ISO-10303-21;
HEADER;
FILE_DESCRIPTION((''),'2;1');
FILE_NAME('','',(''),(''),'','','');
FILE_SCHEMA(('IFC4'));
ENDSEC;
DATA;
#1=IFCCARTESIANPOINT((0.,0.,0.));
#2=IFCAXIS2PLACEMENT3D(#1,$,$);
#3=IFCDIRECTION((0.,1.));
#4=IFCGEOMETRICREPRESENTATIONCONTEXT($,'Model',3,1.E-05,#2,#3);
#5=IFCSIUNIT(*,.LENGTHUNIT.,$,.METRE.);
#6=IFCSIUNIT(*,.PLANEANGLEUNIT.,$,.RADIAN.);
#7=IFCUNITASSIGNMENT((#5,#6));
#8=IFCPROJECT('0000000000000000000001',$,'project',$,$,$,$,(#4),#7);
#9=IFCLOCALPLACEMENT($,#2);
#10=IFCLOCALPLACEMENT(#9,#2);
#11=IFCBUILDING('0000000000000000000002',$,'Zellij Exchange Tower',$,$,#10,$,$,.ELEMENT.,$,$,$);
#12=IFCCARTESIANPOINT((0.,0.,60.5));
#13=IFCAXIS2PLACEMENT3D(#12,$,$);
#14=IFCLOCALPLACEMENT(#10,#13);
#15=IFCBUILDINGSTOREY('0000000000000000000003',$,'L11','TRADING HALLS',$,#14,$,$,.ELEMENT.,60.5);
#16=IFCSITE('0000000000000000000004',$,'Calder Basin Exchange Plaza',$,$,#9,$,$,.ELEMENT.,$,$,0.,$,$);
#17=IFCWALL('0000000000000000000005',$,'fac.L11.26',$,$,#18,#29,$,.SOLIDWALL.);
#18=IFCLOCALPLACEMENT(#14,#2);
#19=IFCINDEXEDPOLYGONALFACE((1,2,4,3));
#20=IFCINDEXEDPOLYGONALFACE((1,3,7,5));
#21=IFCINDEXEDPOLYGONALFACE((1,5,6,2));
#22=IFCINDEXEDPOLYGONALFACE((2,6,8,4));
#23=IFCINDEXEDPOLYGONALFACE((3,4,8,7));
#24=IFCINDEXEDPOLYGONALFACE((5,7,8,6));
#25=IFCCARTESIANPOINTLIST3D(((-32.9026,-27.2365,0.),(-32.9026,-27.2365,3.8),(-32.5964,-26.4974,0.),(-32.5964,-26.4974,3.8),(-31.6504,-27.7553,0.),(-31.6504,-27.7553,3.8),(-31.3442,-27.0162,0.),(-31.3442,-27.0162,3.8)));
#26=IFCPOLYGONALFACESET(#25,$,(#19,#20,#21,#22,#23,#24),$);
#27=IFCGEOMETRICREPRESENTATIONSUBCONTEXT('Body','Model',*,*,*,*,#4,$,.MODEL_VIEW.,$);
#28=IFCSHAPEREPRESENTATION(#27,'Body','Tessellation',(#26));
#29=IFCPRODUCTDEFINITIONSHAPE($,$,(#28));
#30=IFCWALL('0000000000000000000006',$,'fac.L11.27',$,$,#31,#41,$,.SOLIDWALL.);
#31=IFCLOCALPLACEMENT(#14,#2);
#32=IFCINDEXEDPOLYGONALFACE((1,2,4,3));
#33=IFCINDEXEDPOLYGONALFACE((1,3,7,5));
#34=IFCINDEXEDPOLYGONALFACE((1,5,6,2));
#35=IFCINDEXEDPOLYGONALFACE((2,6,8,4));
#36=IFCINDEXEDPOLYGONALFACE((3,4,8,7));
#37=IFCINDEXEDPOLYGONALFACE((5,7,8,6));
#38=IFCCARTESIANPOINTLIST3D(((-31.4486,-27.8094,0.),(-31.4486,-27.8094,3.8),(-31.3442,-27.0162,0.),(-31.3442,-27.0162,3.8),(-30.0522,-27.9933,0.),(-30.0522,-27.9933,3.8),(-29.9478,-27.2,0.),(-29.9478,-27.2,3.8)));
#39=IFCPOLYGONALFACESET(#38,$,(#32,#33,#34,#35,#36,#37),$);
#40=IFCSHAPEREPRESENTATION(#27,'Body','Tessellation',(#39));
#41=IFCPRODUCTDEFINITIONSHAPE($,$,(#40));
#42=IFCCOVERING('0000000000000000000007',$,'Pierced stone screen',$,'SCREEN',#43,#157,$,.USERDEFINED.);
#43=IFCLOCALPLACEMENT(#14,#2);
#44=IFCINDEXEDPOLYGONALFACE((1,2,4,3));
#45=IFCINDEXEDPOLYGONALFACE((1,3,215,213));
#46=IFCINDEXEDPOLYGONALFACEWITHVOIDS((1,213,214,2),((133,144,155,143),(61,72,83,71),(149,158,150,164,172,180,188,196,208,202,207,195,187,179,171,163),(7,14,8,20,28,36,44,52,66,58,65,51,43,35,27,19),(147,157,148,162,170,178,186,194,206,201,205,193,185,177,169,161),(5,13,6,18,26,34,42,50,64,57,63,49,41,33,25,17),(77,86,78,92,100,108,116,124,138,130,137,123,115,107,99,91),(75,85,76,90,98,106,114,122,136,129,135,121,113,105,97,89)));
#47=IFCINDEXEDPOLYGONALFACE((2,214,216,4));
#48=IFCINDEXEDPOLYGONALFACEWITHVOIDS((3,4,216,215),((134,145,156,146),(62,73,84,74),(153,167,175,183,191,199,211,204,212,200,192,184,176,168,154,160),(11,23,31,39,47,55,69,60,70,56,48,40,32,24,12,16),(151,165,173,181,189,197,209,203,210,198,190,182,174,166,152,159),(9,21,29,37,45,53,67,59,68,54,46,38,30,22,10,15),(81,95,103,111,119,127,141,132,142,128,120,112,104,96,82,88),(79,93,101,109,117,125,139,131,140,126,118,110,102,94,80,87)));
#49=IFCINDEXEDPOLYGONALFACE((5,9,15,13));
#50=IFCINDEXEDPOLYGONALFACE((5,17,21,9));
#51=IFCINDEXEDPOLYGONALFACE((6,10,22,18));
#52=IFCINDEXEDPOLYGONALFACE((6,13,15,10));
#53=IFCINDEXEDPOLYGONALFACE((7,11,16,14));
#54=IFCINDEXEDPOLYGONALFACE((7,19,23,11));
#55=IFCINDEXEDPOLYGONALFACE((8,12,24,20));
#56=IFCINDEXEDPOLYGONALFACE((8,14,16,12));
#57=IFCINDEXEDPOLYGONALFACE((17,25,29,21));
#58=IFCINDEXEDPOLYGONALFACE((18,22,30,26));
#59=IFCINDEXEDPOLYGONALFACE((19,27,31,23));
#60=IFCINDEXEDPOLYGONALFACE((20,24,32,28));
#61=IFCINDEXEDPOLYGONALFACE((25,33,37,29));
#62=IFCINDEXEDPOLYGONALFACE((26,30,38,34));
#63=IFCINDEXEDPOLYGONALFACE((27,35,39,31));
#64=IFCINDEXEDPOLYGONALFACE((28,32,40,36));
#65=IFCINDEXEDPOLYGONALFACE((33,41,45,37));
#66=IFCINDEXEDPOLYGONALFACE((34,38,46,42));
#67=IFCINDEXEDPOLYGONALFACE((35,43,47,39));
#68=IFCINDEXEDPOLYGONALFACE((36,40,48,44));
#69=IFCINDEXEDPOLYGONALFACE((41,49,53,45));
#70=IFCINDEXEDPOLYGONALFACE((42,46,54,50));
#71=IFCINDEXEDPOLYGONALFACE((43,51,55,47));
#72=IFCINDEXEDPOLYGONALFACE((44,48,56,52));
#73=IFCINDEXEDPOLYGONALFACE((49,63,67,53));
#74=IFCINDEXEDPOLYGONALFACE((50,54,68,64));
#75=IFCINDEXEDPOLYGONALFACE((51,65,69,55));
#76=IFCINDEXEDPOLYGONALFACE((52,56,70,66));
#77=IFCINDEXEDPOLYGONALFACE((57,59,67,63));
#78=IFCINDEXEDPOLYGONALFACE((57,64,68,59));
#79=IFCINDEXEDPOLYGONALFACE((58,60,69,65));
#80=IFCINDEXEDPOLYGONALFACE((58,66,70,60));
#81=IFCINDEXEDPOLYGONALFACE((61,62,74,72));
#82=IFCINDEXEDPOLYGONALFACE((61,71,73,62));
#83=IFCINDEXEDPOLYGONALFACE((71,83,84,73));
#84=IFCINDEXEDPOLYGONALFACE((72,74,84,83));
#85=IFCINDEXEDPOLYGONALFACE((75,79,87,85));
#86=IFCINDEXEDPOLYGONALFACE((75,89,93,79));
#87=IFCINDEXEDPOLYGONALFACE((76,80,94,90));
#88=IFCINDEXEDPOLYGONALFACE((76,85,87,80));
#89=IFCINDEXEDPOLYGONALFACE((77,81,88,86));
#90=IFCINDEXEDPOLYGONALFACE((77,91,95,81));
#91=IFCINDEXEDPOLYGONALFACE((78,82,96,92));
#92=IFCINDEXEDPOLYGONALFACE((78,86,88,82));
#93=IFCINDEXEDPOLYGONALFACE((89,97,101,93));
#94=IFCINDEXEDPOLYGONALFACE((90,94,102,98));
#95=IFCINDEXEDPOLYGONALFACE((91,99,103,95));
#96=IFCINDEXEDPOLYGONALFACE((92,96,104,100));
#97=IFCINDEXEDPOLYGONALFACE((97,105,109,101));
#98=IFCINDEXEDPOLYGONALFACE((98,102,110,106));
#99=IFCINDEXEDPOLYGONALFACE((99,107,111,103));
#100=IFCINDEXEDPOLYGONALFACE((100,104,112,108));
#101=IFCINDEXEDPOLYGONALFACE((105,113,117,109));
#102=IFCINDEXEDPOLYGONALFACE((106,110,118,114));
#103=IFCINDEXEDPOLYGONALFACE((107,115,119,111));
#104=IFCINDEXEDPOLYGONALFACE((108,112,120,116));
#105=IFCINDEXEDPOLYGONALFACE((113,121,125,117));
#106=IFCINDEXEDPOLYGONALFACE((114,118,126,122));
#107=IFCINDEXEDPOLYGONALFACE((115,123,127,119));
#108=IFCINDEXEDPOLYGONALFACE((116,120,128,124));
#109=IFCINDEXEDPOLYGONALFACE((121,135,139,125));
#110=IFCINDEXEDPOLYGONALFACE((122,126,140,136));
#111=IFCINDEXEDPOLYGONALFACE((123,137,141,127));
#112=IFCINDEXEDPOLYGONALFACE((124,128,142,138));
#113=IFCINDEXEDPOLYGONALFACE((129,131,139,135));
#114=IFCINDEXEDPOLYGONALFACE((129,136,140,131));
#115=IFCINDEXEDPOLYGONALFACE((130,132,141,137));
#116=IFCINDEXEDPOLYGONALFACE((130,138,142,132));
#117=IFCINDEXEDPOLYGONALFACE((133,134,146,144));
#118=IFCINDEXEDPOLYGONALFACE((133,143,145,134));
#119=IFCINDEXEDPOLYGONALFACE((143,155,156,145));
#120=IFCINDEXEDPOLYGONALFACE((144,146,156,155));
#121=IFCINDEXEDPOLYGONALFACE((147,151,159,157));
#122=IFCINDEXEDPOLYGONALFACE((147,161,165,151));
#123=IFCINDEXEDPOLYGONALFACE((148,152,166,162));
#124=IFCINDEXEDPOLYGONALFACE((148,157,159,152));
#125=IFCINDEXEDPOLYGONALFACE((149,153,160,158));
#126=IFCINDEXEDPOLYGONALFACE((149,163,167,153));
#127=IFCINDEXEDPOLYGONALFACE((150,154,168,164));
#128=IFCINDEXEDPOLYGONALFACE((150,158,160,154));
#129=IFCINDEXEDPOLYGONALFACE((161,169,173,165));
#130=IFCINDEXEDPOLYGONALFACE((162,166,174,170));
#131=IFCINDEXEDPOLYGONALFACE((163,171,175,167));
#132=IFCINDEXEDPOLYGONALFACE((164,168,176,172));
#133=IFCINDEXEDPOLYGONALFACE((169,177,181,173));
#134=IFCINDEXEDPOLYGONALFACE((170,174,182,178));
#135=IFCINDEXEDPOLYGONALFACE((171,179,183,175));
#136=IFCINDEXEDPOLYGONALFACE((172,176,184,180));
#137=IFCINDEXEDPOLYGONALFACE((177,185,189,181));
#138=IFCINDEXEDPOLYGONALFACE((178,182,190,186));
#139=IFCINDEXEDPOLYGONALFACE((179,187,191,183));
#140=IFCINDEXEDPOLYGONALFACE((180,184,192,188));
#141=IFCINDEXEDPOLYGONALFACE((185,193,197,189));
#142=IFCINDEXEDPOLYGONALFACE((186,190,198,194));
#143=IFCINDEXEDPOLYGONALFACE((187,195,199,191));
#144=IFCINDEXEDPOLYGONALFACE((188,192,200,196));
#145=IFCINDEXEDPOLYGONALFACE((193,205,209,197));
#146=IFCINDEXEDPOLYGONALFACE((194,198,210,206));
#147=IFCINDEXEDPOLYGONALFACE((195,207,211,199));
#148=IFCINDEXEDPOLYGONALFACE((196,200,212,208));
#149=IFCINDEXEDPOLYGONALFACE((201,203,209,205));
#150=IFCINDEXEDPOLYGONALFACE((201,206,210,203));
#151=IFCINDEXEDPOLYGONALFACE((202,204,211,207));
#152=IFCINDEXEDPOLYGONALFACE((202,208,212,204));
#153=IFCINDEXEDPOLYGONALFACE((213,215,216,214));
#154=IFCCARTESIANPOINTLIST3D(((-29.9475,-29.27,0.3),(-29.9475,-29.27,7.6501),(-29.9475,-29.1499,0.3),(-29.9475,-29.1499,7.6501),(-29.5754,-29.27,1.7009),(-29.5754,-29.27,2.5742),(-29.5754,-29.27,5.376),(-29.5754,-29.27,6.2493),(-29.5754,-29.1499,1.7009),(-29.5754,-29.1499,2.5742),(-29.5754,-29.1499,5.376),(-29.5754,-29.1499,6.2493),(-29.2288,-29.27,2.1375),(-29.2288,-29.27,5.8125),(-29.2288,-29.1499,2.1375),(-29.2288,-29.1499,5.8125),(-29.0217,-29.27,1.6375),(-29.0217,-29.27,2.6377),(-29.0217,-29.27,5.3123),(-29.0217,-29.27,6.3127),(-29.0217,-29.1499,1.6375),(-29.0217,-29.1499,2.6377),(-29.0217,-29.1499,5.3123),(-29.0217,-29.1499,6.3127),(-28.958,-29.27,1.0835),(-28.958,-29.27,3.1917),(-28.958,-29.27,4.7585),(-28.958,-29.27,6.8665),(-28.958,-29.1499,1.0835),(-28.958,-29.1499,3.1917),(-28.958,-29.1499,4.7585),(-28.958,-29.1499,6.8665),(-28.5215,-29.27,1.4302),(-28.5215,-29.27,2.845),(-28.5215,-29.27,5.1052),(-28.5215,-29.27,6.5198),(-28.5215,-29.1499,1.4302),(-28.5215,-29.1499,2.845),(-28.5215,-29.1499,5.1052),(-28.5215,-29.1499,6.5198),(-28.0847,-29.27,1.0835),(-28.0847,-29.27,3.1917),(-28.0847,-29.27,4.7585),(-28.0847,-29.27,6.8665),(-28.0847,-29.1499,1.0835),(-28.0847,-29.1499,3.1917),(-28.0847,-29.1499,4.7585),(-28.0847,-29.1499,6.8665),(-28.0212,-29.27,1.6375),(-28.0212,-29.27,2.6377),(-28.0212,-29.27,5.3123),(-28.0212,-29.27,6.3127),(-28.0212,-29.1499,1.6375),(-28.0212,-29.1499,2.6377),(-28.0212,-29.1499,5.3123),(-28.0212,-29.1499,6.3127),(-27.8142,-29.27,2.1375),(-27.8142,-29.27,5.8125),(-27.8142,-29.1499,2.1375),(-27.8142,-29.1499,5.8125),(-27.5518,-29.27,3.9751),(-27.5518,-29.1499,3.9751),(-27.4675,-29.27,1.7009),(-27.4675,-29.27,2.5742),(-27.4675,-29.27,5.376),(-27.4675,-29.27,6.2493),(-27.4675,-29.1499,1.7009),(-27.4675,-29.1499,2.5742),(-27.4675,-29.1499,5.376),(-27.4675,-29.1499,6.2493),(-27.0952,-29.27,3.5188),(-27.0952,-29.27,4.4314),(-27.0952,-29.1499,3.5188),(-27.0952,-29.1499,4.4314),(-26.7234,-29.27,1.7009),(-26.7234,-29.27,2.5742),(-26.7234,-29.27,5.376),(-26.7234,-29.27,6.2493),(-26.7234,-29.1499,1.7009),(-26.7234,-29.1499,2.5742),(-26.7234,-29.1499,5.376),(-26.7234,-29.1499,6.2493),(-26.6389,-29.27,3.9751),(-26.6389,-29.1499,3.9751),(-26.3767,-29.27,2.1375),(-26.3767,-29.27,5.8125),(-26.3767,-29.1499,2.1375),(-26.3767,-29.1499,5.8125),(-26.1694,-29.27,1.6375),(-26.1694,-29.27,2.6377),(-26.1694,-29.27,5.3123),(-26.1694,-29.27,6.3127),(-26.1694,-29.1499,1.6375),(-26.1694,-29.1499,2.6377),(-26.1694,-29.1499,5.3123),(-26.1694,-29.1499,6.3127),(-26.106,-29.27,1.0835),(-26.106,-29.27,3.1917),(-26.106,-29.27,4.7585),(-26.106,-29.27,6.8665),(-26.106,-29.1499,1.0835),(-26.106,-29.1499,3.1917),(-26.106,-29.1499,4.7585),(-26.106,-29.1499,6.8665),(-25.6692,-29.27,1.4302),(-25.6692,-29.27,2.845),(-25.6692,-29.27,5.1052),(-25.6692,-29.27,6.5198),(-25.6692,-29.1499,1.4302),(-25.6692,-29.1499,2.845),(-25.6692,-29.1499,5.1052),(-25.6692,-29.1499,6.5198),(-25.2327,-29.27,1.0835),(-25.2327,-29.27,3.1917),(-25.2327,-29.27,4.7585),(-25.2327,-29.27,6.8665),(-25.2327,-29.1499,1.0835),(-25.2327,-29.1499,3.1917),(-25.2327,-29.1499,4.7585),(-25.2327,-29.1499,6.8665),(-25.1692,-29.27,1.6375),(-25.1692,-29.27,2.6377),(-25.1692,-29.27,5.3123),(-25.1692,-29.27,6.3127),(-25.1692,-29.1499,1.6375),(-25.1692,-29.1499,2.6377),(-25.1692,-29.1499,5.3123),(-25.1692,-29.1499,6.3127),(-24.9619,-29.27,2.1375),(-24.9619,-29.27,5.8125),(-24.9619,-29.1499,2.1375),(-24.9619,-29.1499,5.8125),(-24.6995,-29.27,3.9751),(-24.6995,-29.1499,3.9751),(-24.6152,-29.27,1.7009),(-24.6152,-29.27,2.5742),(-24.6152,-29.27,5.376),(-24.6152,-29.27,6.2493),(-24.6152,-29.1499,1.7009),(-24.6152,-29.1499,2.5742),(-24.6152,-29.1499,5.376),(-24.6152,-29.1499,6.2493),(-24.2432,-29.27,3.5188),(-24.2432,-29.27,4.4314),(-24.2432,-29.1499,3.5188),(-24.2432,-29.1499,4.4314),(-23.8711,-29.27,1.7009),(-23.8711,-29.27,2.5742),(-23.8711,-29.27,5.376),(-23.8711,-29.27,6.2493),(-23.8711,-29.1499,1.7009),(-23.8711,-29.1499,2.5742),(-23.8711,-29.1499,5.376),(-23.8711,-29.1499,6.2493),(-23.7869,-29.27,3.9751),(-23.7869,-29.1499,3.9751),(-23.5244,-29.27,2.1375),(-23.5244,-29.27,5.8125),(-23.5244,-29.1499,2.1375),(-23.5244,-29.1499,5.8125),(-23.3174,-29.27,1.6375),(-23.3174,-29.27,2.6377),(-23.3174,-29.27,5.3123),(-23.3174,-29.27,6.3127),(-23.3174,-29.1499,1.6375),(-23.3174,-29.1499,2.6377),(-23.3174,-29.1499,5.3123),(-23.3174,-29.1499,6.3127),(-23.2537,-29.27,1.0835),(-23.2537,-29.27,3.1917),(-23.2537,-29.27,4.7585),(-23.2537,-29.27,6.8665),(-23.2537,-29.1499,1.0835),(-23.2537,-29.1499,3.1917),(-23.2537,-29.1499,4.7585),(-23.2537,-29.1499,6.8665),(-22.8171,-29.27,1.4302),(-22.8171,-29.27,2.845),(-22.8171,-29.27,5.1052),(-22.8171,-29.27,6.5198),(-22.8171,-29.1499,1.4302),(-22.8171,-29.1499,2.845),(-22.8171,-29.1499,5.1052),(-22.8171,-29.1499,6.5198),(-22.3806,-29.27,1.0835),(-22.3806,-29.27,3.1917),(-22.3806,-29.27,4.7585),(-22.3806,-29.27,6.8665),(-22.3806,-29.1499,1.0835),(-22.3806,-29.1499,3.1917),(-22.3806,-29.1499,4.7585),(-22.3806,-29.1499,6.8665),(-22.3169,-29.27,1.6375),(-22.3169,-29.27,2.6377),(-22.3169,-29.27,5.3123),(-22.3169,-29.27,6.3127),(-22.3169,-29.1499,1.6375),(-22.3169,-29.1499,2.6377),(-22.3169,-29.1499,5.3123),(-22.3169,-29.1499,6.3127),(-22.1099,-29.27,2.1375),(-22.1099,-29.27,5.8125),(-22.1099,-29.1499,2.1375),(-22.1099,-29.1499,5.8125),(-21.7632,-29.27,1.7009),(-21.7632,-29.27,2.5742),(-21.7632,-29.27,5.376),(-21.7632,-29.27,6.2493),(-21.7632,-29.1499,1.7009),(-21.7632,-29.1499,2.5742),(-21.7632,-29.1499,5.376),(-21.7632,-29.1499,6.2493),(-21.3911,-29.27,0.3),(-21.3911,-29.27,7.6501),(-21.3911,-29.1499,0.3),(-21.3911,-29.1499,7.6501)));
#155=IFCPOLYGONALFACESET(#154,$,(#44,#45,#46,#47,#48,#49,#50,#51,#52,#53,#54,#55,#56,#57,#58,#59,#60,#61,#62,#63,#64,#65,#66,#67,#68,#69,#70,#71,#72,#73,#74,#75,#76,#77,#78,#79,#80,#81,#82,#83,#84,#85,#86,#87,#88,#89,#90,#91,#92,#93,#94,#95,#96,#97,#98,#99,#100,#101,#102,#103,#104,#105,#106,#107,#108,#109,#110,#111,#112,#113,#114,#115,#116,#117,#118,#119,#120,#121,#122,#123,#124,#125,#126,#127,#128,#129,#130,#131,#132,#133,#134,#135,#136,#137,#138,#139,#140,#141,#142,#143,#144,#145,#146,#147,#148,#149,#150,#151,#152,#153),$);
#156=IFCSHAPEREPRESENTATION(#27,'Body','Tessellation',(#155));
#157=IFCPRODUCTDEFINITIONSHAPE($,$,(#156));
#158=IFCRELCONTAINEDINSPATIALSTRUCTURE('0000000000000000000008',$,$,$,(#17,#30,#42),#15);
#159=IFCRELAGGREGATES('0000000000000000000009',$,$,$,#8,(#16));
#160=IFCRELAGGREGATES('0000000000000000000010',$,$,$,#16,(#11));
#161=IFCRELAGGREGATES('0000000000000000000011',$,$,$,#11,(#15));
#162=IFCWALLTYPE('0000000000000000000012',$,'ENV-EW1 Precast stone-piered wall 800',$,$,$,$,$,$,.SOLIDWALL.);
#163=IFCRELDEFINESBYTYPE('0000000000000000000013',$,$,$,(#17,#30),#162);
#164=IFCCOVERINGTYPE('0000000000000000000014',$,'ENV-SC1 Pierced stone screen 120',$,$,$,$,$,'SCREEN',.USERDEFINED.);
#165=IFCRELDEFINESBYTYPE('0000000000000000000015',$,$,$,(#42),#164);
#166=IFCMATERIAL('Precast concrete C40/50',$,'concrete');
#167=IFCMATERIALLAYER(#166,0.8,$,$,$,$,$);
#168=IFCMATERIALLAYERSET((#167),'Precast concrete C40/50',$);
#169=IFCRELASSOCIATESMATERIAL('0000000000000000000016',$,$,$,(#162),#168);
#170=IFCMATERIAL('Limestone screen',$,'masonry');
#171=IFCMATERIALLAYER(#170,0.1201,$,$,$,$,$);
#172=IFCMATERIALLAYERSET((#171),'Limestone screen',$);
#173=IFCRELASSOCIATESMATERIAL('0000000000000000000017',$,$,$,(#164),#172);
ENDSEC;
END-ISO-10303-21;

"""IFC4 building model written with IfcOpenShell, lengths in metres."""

from ifc_helpers import new_model, si_unit, direction, frame, frame_2d, origin, place, context, subcontext, project, spatial, polyline, rectangle, outline, extrude, material, layer, layer_set, type_object, element, save


model = new_model("IFC4")

# Units and contexts
model_context = context("Model", 3, precision=1e-05, world=origin(), true_north=direction((0.0, 1.0)))
body_context = subcontext(model_context, "Body", "Model", "MODEL_VIEW")
ifc_project = project(units=[si_unit("LENGTHUNIT", "METRE"), si_unit("PLANEANGLEUNIT", "RADIAN")], contexts=[model_context])

# Site, building, storey
site_placement = place(None, origin())
site = spatial("IfcSite", under=ifc_project, at=site_placement, Name="Calder Basin Exchange Plaza", CompositionType="ELEMENT", RefElevation=0.0)
building_placement = place(site_placement, origin())
building = spatial("IfcBuilding", under=site, at=building_placement, Name="Zellij Exchange Tower", CompositionType="ELEMENT")
storey_placement = place(building_placement, frame((0.0, 0.0, 60.5)))
storey = spatial("IfcBuildingStorey", under=building, at=storey_placement, Name="L11", Description="TRADING HALLS", CompositionType="ELEMENT", Elevation=60.5)

# Walls
ifc_material_1 = material(Name="Precast concrete C40/50", Category="concrete")
ifc_layer_1 = layer(ifc_material_1, 0.8)
ifc_layer_set_1 = layer_set([ifc_layer_1], Name="Precast concrete C40/50")
wall_type = type_object("IfcWallType", Name="ENV-EW1 Precast stone-piered wall 800", PredefinedType="SOLIDWALL", material=ifc_layer_set_1)
wall_1_placement = place(storey_placement, frame((-32.7495, -26.8669, 0.0), z_axis=(0.0, 0.0, 1.0), x_axis=(0.923848, -0.38276, 0.0)))
element("IfcWall", 1, at=wall_1_placement, inside=storey, type_object=wall_type, Name="fac.L11.26", PredefinedType="SOLIDWALL", context=body_context, shape_type="SweptSolid", body=[
    extrude(rectangle(XDim=1.3555, YDim=0.8, at=frame_2d((0.6777, 0.0))), origin(), (0.0, 0.0, 1.0), 3.8),
])
wall_2_placement = place(storey_placement, frame((-31.3962, -27.4128, 0.0), z_axis=(0.0, 0.0, 1.0), x_axis=(0.991446, -0.130517, 0.0)))
element("IfcWall", 2, at=wall_2_placement, inside=storey, type_object=wall_type, Name="fac.L11.27", PredefinedType="SOLIDWALL", context=body_context, shape_type="SweptSolid", body=[
    extrude(rectangle(XDim=1.4084, YDim=0.8, at=frame_2d((0.7041, 0.0))), origin(), (0.0, 0.0, 1.0), 3.8),
])

# Covering
ifc_material_2 = material(Name="Limestone screen", Category="masonry")
ifc_layer_2 = layer(ifc_material_2, 0.1201)
ifc_layer_set_2 = layer_set([ifc_layer_2], Name="Limestone screen")
covering_type = type_object("IfcCoveringType", Name="ENV-SC1 Pierced stone screen 120", ElementType="SCREEN", PredefinedType="USERDEFINED", material=ifc_layer_set_2)
covering_1_placement = place(storey_placement, frame((-29.9475, -29.21, 0.3), z_axis=(0.0, 0.0, 1.0), x_axis=(1.0, 0.0, 0.0)))
element("IfcCovering", 3, at=covering_1_placement, inside=storey, type_object=covering_type, Name="Pierced stone screen", ObjectType="SCREEN", PredefinedType="USERDEFINED", context=body_context, shape_type="SweptSolid", body=[
    extrude(outline(polyline([(0.0, 0.0), (8.5564, 0.0), (8.5564, 7.3501), (0.0, 7.3501), (0.0, 0.0)]), holes=[polyline([(2.48, 2.2742), (1.9263, 2.3376), (1.8628, 2.8916), (1.426, 2.5449), (0.9895, 2.8916), (0.9258, 2.3376), (0.3721, 2.2742), (0.7188, 1.8374), (0.3721, 1.4009), (0.9258, 1.3374), (0.9895, 0.7834), (1.426, 1.1301), (1.8628, 0.7834), (1.9263, 1.3374), (2.48, 1.4009), (2.1333, 1.8374), (2.48, 2.2742)]), polyline([(2.48, 5.9492), (1.9263, 6.0127), (1.8628, 6.5664), (1.426, 6.2197), (0.9895, 6.5664), (0.9258, 6.0127), (0.3721, 5.9492), (0.7188, 5.5125), (0.3721, 5.0759), (0.9258, 5.0122), (0.9895, 4.4585), (1.426, 4.8052), (1.8628, 4.4585), (1.9263, 5.0122), (2.48, 5.0759), (2.1333, 5.5125), (2.48, 5.9492)]), polyline([(5.3323, 2.2742), (4.7783, 2.3376), (4.7148, 2.8916), (4.2783, 2.5449), (3.8416, 2.8916), (3.7781, 2.3376), (3.2241, 2.2742), (3.5708, 1.8374), (3.2241, 1.4009), (3.7781, 1.3374), (3.8416, 0.7834), (4.2783, 1.1301), (4.7148, 0.7834), (4.7783, 1.3374), (5.3323, 1.4009), (4.9856, 1.8374), (5.3323, 2.2742)]), polyline([(5.3323, 5.9492), (4.7783, 6.0127), (4.7148, 6.5664), (4.2783, 6.2197), (3.8416, 6.5664), (3.7781, 6.0127), (3.2241, 5.9492), (3.5708, 5.5125), (3.2241, 5.0759), (3.7781, 5.0122), (3.8416, 4.4585), (4.2783, 4.8052), (4.7148, 4.4585), (4.7783, 5.0122), (5.3323, 5.0759), (4.9856, 5.5125), (5.3323, 5.9492)]), polyline([(8.1843, 2.2742), (7.6306, 2.3376), (7.5669, 2.8916), (7.1304, 2.5449), (6.6938, 2.8916), (6.6301, 2.3376), (6.0764, 2.2742), (6.4231, 1.8374), (6.0764, 1.4009), (6.6301, 1.3374), (6.6938, 0.7834), (7.1304, 1.1301), (7.5669, 0.7834), (7.6306, 1.3374), (8.1843, 1.4009), (7.8376, 1.8374), (8.1843, 2.2742)]), polyline([(8.1843, 5.9492), (7.6306, 6.0127), (7.5669, 6.5664), (7.1304, 6.2197), (6.6938, 6.5664), (6.6301, 6.0127), (6.0764, 5.9492), (6.4231, 5.5125), (6.0764, 5.0759), (6.6301, 5.0122), (6.6938, 4.4585), (7.1304, 4.8052), (7.5669, 4.4585), (7.6306, 5.0122), (8.1843, 5.0759), (7.8376, 5.5125), (8.1843, 5.9492)]), polyline([(3.3086, 3.675), (2.8523, 4.1313), (2.3958, 3.675), (2.8523, 3.2188), (3.3086, 3.675)]), polyline([(6.1606, 3.675), (5.7043, 4.1313), (5.248, 3.675), (5.7043, 3.2188), (6.1606, 3.675)])]), frame((0.0, 0.0601, 0.0), z_axis=(0.0, -1.0, 0.0), x_axis=(1.0, 0.0, 0.0)), (0.0, 0.0, 1.0), 0.1201),
])

save(model, "model.ifc")
